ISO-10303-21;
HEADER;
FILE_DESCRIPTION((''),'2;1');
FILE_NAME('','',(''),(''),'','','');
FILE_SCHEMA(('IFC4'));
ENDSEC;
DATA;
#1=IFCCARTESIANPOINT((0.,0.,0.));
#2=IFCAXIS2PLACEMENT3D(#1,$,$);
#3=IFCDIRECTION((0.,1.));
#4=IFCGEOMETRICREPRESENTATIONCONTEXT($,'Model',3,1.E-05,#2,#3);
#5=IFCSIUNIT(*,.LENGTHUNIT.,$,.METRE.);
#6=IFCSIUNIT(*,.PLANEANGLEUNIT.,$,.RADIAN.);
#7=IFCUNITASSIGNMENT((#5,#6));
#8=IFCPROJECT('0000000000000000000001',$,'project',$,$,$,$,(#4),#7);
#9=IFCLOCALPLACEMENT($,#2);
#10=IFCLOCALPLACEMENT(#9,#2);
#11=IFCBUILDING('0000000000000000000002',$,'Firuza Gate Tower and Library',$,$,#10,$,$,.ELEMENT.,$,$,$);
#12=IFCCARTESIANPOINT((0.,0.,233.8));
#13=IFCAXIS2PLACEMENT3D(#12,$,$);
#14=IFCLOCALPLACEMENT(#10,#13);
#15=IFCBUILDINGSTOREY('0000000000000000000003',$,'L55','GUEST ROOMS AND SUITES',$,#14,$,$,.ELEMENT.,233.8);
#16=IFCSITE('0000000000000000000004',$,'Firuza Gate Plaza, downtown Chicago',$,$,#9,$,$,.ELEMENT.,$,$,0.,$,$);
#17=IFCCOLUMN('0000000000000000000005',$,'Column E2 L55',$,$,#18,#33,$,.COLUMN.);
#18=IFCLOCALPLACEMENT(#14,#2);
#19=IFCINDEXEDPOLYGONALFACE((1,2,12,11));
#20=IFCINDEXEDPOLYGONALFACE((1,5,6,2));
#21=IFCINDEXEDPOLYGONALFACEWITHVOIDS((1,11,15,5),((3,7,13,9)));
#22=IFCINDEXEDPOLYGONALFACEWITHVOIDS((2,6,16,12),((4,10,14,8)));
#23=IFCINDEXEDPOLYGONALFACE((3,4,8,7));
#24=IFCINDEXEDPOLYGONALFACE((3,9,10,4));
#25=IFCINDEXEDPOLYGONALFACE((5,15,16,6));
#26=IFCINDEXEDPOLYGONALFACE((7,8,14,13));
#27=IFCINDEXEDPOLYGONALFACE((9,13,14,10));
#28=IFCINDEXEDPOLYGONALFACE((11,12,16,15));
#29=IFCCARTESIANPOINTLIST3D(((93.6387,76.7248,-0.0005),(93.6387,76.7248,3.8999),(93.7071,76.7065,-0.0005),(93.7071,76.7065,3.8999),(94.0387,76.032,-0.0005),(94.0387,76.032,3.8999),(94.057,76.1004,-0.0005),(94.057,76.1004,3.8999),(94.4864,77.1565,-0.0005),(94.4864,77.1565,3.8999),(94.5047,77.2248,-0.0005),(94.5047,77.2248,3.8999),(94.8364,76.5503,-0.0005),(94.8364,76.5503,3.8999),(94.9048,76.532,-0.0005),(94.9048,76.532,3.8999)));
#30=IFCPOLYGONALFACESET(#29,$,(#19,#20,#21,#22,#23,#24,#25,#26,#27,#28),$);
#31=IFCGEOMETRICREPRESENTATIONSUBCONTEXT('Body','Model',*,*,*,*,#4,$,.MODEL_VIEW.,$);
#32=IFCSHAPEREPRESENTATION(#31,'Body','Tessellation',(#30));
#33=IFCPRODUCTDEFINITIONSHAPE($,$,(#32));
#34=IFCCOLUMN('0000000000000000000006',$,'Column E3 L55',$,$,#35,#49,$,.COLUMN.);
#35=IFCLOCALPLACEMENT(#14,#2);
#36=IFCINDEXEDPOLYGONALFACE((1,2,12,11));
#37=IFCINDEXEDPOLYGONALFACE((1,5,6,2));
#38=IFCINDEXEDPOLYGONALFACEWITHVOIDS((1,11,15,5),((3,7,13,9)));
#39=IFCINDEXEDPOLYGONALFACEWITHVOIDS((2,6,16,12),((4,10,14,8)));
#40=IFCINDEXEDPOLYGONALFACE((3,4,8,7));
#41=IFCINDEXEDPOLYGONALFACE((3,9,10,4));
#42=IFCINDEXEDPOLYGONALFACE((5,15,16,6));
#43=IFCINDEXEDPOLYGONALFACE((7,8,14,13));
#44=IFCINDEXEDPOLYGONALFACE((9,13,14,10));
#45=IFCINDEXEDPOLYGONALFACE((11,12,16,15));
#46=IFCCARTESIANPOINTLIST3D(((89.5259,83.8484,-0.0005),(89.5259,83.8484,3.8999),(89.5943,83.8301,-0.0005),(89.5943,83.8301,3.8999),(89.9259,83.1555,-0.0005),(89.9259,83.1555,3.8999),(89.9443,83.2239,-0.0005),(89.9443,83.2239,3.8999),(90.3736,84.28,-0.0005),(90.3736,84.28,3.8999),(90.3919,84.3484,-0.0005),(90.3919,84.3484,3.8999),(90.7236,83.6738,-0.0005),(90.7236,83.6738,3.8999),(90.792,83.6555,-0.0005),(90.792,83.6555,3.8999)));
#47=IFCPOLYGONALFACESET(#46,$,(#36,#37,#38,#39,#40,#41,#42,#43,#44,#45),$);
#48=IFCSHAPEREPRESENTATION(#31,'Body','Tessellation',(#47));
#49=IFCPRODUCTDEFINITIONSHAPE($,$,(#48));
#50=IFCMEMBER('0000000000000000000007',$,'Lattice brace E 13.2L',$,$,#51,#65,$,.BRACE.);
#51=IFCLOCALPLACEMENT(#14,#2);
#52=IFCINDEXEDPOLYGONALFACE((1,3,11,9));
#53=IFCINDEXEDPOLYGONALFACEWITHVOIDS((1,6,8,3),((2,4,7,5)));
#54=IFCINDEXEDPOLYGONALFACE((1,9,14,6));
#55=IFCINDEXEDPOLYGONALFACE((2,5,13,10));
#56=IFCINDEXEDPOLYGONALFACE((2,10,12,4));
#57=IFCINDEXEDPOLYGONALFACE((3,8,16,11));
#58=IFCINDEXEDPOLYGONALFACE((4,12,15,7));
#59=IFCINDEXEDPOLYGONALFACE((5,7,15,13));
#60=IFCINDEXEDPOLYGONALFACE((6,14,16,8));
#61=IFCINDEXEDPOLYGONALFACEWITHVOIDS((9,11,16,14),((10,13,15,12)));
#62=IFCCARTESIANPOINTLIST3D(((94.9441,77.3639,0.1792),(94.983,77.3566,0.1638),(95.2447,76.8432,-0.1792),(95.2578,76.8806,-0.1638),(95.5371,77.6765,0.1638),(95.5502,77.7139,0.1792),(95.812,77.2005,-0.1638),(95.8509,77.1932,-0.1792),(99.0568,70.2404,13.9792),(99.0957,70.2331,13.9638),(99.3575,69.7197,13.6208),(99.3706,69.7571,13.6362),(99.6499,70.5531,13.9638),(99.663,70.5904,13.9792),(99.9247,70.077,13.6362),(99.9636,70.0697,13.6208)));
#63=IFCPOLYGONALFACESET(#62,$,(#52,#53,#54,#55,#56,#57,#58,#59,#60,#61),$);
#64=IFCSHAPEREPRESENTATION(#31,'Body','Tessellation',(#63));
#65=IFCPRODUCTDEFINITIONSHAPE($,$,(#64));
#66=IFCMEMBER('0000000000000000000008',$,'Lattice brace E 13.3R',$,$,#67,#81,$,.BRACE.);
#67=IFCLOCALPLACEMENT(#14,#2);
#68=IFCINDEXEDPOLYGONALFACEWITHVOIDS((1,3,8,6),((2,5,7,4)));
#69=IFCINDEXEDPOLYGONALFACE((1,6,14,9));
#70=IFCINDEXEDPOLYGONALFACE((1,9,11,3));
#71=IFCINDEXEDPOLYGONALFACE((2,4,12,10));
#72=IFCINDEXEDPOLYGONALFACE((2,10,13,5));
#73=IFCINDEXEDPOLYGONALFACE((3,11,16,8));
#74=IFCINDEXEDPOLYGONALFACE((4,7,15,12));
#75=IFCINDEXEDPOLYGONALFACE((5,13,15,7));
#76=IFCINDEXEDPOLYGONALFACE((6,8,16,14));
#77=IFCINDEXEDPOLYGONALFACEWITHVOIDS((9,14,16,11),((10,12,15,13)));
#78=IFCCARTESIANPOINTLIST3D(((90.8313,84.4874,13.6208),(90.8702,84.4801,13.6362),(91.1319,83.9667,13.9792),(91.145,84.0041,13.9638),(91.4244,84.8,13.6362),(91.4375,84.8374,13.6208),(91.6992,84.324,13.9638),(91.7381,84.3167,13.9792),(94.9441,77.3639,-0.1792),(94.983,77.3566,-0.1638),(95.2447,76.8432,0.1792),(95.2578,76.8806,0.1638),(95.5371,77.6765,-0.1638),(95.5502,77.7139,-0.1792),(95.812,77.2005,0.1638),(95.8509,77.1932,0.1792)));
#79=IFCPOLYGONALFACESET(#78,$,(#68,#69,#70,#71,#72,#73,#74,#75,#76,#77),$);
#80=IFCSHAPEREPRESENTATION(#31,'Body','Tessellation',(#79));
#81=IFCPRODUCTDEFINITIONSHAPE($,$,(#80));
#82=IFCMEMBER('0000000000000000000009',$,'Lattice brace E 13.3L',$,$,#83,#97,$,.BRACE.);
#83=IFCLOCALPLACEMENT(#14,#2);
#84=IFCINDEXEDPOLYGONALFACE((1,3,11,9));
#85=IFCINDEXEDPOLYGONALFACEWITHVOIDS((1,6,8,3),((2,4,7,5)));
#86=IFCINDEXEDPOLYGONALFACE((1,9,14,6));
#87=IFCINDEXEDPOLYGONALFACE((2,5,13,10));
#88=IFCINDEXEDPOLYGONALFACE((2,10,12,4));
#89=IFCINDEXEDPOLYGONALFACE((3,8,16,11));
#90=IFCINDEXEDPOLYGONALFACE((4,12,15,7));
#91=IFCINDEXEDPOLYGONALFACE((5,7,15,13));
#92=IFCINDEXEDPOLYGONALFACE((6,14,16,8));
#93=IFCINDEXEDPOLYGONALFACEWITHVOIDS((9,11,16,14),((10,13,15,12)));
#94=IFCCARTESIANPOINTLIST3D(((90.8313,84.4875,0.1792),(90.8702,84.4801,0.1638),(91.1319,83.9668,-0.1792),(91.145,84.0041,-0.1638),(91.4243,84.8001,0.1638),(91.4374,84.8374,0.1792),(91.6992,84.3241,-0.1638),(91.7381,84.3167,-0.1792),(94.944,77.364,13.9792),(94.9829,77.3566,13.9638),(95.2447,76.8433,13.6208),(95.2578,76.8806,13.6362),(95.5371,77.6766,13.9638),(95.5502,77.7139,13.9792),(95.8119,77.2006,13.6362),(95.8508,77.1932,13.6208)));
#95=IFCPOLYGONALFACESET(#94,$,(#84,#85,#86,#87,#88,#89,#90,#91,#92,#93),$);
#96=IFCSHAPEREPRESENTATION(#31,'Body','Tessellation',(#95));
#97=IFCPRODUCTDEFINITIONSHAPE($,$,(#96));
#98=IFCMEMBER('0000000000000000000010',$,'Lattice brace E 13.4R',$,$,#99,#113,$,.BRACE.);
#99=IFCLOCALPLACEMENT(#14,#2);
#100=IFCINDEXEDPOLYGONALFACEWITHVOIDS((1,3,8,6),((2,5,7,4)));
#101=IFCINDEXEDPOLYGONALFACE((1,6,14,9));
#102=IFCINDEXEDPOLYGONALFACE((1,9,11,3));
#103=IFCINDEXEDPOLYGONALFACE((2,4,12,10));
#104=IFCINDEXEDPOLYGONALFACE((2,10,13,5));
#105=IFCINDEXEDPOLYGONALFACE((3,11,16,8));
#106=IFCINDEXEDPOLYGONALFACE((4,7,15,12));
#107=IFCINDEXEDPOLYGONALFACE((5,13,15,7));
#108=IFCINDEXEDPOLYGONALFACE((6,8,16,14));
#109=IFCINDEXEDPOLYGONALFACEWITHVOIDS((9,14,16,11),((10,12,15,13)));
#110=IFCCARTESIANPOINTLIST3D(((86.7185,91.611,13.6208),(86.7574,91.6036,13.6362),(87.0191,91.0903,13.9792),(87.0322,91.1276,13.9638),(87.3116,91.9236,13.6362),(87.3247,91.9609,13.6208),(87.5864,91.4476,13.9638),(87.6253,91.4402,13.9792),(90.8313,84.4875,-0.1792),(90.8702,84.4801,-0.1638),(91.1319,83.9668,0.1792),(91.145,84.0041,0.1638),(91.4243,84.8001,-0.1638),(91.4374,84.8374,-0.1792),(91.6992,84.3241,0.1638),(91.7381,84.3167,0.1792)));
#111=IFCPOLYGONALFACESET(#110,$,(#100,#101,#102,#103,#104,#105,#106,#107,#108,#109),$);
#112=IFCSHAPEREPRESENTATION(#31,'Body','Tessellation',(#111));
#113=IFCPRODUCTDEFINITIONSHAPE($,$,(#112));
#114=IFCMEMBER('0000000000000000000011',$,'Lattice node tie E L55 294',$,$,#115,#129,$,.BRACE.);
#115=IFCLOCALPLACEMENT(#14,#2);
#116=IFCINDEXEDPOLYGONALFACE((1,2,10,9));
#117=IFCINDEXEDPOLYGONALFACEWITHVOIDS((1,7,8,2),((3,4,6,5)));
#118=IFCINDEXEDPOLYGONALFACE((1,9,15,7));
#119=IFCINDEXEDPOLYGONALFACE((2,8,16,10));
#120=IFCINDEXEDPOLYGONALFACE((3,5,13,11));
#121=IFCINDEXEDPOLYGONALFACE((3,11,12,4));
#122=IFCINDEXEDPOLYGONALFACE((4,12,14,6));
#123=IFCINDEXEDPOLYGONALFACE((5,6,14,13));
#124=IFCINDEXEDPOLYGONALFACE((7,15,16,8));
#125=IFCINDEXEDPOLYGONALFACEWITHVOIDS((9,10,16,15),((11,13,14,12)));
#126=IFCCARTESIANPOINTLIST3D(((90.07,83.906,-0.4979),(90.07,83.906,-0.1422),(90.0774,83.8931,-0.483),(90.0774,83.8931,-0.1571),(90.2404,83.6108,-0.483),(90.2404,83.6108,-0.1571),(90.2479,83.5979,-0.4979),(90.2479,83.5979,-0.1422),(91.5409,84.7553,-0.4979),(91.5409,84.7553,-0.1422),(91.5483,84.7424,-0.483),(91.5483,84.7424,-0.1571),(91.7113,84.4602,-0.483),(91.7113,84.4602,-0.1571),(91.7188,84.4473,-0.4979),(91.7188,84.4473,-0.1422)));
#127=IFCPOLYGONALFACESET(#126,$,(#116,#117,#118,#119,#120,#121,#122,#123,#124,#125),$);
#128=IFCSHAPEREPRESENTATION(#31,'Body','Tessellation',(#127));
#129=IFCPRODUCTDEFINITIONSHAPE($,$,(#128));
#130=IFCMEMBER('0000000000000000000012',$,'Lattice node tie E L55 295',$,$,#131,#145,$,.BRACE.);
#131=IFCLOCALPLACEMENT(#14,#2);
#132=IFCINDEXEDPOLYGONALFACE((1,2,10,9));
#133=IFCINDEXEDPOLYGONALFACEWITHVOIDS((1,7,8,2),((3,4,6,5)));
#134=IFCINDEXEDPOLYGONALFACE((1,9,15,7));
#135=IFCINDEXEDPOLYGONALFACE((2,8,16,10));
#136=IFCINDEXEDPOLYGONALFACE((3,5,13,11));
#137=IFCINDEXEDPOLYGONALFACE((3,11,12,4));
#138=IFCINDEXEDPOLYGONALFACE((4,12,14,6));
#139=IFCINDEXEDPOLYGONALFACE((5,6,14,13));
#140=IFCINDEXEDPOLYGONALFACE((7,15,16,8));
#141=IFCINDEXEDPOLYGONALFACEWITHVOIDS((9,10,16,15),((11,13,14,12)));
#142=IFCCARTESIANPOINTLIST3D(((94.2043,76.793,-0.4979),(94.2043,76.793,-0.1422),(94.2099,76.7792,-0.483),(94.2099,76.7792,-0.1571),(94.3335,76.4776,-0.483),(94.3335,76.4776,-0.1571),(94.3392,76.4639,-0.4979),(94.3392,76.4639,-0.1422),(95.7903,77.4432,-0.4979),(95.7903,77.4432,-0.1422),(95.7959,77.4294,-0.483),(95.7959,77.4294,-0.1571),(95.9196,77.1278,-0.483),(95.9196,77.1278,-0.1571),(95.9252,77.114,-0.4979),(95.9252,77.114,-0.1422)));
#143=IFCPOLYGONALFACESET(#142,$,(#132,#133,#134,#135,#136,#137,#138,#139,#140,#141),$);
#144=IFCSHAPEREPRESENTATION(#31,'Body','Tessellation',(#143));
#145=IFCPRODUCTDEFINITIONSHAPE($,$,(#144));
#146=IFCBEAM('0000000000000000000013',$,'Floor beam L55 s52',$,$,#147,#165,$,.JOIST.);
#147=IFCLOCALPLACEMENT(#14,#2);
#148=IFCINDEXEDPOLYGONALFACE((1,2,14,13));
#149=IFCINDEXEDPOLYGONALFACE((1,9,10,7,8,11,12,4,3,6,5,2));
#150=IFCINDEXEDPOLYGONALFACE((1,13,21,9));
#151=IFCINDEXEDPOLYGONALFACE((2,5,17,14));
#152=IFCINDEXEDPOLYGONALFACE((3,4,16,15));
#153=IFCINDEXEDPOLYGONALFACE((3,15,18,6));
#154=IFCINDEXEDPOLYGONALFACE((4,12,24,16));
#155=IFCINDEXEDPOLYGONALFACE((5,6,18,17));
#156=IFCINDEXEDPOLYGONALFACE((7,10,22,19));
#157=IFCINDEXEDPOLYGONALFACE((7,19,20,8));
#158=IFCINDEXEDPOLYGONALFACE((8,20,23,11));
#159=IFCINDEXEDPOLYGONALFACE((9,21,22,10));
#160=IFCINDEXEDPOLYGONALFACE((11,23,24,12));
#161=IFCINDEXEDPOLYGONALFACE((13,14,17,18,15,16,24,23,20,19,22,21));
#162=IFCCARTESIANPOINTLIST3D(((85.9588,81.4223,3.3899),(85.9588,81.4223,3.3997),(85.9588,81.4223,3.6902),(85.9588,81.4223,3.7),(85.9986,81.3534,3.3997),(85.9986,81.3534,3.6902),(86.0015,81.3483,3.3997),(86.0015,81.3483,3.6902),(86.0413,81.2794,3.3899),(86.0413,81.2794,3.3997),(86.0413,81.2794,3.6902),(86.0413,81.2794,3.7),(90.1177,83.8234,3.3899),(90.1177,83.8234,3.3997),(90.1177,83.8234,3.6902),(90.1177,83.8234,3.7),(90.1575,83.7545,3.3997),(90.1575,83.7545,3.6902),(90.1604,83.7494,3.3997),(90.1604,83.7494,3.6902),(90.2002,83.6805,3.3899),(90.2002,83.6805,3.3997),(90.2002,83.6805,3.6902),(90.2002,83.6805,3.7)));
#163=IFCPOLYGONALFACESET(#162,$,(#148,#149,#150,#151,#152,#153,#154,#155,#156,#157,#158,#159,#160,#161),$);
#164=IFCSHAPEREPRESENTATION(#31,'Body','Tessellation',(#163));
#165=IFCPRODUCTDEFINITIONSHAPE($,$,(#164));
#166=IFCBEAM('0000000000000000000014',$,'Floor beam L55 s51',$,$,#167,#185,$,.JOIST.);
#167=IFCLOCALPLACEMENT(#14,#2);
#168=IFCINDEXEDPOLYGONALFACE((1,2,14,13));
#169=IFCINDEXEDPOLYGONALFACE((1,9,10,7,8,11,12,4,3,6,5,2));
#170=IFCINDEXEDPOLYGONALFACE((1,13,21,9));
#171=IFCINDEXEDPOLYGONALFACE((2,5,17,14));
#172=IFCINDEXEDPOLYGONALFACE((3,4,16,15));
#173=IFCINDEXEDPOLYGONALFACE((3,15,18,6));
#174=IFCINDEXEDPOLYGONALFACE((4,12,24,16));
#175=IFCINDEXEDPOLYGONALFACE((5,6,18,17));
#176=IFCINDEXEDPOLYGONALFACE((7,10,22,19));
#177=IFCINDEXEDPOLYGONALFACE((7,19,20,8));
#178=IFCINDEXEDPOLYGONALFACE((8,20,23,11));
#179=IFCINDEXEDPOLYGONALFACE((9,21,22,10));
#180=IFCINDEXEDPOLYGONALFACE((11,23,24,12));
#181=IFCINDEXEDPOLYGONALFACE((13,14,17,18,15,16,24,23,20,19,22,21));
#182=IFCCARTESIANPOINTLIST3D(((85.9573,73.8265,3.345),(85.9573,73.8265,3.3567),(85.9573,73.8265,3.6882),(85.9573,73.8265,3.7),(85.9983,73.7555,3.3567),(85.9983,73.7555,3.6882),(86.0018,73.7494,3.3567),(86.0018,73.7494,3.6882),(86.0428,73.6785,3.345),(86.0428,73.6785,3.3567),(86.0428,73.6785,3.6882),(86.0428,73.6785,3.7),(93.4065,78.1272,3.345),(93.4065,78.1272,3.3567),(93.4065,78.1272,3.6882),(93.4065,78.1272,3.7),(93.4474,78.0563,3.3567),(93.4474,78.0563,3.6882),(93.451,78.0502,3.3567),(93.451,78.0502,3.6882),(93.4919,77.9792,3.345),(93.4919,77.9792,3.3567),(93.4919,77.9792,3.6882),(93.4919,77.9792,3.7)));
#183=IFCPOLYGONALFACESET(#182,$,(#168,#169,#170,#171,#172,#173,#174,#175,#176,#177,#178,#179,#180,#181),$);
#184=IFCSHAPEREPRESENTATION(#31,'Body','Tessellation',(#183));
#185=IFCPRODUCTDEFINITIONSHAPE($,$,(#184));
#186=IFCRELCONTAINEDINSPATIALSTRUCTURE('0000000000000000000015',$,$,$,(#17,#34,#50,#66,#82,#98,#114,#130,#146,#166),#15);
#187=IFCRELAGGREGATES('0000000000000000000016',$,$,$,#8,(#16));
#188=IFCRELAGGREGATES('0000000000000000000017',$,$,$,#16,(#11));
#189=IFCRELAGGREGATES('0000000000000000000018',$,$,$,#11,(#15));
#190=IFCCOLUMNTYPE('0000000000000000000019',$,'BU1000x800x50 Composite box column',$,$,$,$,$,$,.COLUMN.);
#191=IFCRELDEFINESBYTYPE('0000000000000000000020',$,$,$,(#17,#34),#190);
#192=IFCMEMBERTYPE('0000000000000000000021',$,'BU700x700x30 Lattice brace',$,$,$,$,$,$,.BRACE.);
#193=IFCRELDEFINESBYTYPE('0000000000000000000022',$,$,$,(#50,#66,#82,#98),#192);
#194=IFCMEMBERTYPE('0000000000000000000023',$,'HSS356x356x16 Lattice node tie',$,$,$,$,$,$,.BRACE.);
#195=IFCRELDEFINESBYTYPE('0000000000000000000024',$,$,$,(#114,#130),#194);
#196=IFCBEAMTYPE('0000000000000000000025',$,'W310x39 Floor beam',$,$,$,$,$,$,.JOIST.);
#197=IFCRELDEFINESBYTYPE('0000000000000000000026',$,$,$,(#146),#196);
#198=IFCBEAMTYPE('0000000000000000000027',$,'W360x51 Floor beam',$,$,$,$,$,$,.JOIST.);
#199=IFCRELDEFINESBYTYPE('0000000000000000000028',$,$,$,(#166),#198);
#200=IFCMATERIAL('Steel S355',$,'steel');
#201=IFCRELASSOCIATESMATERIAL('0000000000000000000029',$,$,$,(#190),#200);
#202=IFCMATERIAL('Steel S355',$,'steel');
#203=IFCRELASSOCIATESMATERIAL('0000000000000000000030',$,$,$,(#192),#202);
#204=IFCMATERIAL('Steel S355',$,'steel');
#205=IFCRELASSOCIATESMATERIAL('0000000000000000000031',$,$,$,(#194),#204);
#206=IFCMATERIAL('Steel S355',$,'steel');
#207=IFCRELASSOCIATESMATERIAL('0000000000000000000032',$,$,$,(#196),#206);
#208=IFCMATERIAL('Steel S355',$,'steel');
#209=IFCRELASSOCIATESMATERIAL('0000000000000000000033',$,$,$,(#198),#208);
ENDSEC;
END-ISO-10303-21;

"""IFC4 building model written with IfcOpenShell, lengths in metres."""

from ifc_helpers import new_model, si_unit, direction, frame, origin, origin_2d, place, context, subcontext, project, spatial, hollow_rectangle, i_section, extrude, material, material_profile, profile_set, type_object, element, save


model = new_model("IFC4")

# Units and contexts
model_context = context("Model", 3, precision=1e-05, world=origin(), true_north=direction((0.0, 1.0)))
body_context = subcontext(model_context, "Body", "Model", "MODEL_VIEW")
ifc_project = project(units=[si_unit("LENGTHUNIT", "METRE"), si_unit("PLANEANGLEUNIT", "RADIAN")], contexts=[model_context])

# Site, building, storey
site_placement = place(None, origin())
site = spatial("IfcSite", under=ifc_project, at=site_placement, Name="Firuza Gate Plaza, downtown Chicago", CompositionType="ELEMENT", RefElevation=0.0)
building_placement = place(site_placement, origin())
building = spatial("IfcBuilding", under=site, at=building_placement, Name="Firuza Gate Tower and Library", CompositionType="ELEMENT")
storey_placement = place(building_placement, frame((0.0, 0.0, 233.8)))
storey = spatial("IfcBuildingStorey", under=building, at=storey_placement, Name="L55", Description="GUEST ROOMS AND SUITES", CompositionType="ELEMENT", Elevation=233.8)

# Columns
ifc_material_1 = material(Name="Steel S355", Category="steel")
ifc_material_profile_1 = material_profile(ifc_material_1, hollow_rectangle(XDim=0.8, YDim=1.0, WallThickness=0.05, at=origin_2d()))
ifc_profile_set_1 = profile_set([ifc_material_profile_1], Name="Steel S355")
column_type = type_object("IfcColumnType", Name="BU1000x800x50 Composite box column", PredefinedType="COLUMN", material=ifc_profile_set_1)
for number, where, z_axis, x_axis, name in (
    (1, (94.2717, 76.6284, -0.0005), (0.0, 0.0, 1.0), (-0.5, 0.866025, 0.0), "Column E2 L55"),
    (2, (90.1589, 83.752, -0.0005), (0.0, 0.0, 1.0), (-0.5, 0.866025, 0.0), "Column E3 L55"),
):
    element("IfcColumn", number, at=place(storey_placement, frame(where, z_axis=z_axis, x_axis=x_axis)), inside=storey, type_object=column_type, Name=name, PredefinedType="COLUMN", context=body_context, shape_type="SweptSolid", body=[
        extrude(hollow_rectangle(XDim=0.8, YDim=1.0, WallThickness=0.05, at=origin_2d()), origin(), (0.0, 0.0, 1.0), 3.9004),
    ])

# Members
ifc_material_2 = material(Name="Steel S355", Category="steel")
ifc_material_profile_2 = material_profile(ifc_material_2, hollow_rectangle(XDim=0.7, YDim=0.7, WallThickness=0.03, at=origin_2d()))
ifc_profile_set_2 = profile_set([ifc_material_profile_2], Name="Steel S355")
member_type_1 = type_object("IfcMemberType", Name="BU700x700x30 Lattice brace", PredefinedType="BRACE", material=ifc_profile_set_2)
for number, where, z_axis, x_axis, name in (
    (3, (95.3975, 77.2786, 0.0), (0.256001, -0.443405, 0.858985), (0.866024, 0.500002, 0.0), "Lattice brace E 13.2L"),
    (4, (95.3975, 77.2786, 0.0), (-0.256001, 0.443405, 0.858985), (-0.866024, -0.500002, 0.0), "Lattice brace E 13.3R"),
    (5, (91.2847, 84.4021, 0.0), (0.256001, -0.443405, 0.858985), (0.866024, 0.500002, 0.0), "Lattice brace E 13.3L"),
    (6, (91.2847, 84.4021, 0.0), (-0.256001, 0.443405, 0.858985), (-0.866024, -0.500002, 0.0), "Lattice brace E 13.4R"),
):
    element("IfcMember", number, at=place(storey_placement, frame(where, z_axis=z_axis, x_axis=x_axis)), inside=storey, type_object=member_type_1, Name=name, PredefinedType="BRACE", context=body_context, shape_type="SweptSolid", body=[
        extrude(hollow_rectangle(XDim=0.7, YDim=0.7, WallThickness=0.03, at=origin_2d()), origin(), (0.0, 0.0, 1.0), 16.0654),
    ])
ifc_material_3 = material(Name="Steel S355", Category="steel")
ifc_material_profile_3 = material_profile(ifc_material_3, hollow_rectangle(XDim=0.3557, YDim=0.3557, WallThickness=0.0149, at=origin_2d()))
ifc_profile_set_3 = profile_set([ifc_material_profile_3], Name="Steel S355")
member_type_2 = type_object("IfcMemberType", Name="HSS356x356x16 Lattice node tie", PredefinedType="BRACE", material=ifc_profile_set_3)
member_1_placement = place(storey_placement, frame((90.1589, 83.752, -0.3201), z_axis=(0.865996, 0.50005, 0.0), x_axis=(-0.50005, 0.865996, 0.0)))
element("IfcMember", 7, at=member_1_placement, inside=storey, type_object=member_type_2, Name="Lattice node tie E L55 294", PredefinedType="BRACE", context=body_context, shape_type="SweptSolid", body=[
    extrude(hollow_rectangle(XDim=0.3557, YDim=0.3557, WallThickness=0.0149, at=origin_2d()), origin(), (0.0, 0.0, 1.0), 1.6985),
])
member_2_placement = place(storey_placement, frame((94.2717, 76.6284, -0.3201), z_axis=(0.92527, 0.379309, 0.0), x_axis=(-0.379309, 0.92527, 0.0)))
element("IfcMember", 8, at=member_2_placement, inside=storey, type_object=member_type_2, Name="Lattice node tie E L55 295", PredefinedType="BRACE", context=body_context, shape_type="SweptSolid", body=[
    extrude(hollow_rectangle(XDim=0.3557, YDim=0.3557, WallThickness=0.0149, at=origin_2d()), origin(), (0.0, 0.0, 1.0), 1.7141),
])

# Beams
ifc_material_4 = material(Name="Steel S355", Category="steel")
ifc_material_profile_4 = material_profile(ifc_material_4, i_section(OverallWidth=0.165, OverallDepth=0.3101, WebThickness=0.0059, FlangeThickness=0.0098, at=origin_2d()))
ifc_profile_set_4 = profile_set([ifc_material_profile_4], Name="Steel S355")
beam_type_1 = type_object("IfcBeamType", Name="W310x39 Floor beam", PredefinedType="JOIST", material=ifc_profile_set_4)
beam_1_placement = place(storey_placement, frame((90.1589, 83.752, 3.5449), z_axis=(-0.866029, -0.499994, 0.0), x_axis=(0.499994, -0.866029, 0.0)))
element("IfcBeam", 9, at=beam_1_placement, inside=storey, type_object=beam_type_1, Name="Floor beam L55 s52", PredefinedType="JOIST", context=body_context, shape_type="SweptSolid", body=[
    extrude(i_section(OverallWidth=0.165, OverallDepth=0.3101, WebThickness=0.0059, FlangeThickness=0.0098, at=origin_2d()), origin(), (0.0, 0.0, 1.0), 4.8022),
])
ifc_material_5 = material(Name="Steel S355", Category="steel")
ifc_material_profile_5 = material_profile(ifc_material_5, i_section(OverallWidth=0.1709, OverallDepth=0.355, WebThickness=0.0071, FlangeThickness=0.0117, at=origin_2d()))
ifc_profile_set_5 = profile_set([ifc_material_profile_5], Name="Steel S355")
beam_type_2 = type_object("IfcBeamType", Name="W360x51 Floor beam", PredefinedType="JOIST", material=ifc_profile_set_5)
beam_2_placement = place(storey_placement, frame((93.4492, 78.0532, 3.5225), z_axis=(-0.866027, -0.499998, 0.0), x_axis=(0.499998, -0.866027, 0.0)))
element("IfcBeam", 10, at=beam_2_placement, inside=storey, type_object=beam_type_2, Name="Floor beam L55 s51", PredefinedType="JOIST", context=body_context, shape_type="SweptSolid", body=[
    extrude(i_section(OverallWidth=0.1709, OverallDepth=0.355, WebThickness=0.0071, FlangeThickness=0.0117, at=origin_2d()), origin(), (0.0, 0.0, 1.0), 8.6016),
])

save(model, "model.ifc")
